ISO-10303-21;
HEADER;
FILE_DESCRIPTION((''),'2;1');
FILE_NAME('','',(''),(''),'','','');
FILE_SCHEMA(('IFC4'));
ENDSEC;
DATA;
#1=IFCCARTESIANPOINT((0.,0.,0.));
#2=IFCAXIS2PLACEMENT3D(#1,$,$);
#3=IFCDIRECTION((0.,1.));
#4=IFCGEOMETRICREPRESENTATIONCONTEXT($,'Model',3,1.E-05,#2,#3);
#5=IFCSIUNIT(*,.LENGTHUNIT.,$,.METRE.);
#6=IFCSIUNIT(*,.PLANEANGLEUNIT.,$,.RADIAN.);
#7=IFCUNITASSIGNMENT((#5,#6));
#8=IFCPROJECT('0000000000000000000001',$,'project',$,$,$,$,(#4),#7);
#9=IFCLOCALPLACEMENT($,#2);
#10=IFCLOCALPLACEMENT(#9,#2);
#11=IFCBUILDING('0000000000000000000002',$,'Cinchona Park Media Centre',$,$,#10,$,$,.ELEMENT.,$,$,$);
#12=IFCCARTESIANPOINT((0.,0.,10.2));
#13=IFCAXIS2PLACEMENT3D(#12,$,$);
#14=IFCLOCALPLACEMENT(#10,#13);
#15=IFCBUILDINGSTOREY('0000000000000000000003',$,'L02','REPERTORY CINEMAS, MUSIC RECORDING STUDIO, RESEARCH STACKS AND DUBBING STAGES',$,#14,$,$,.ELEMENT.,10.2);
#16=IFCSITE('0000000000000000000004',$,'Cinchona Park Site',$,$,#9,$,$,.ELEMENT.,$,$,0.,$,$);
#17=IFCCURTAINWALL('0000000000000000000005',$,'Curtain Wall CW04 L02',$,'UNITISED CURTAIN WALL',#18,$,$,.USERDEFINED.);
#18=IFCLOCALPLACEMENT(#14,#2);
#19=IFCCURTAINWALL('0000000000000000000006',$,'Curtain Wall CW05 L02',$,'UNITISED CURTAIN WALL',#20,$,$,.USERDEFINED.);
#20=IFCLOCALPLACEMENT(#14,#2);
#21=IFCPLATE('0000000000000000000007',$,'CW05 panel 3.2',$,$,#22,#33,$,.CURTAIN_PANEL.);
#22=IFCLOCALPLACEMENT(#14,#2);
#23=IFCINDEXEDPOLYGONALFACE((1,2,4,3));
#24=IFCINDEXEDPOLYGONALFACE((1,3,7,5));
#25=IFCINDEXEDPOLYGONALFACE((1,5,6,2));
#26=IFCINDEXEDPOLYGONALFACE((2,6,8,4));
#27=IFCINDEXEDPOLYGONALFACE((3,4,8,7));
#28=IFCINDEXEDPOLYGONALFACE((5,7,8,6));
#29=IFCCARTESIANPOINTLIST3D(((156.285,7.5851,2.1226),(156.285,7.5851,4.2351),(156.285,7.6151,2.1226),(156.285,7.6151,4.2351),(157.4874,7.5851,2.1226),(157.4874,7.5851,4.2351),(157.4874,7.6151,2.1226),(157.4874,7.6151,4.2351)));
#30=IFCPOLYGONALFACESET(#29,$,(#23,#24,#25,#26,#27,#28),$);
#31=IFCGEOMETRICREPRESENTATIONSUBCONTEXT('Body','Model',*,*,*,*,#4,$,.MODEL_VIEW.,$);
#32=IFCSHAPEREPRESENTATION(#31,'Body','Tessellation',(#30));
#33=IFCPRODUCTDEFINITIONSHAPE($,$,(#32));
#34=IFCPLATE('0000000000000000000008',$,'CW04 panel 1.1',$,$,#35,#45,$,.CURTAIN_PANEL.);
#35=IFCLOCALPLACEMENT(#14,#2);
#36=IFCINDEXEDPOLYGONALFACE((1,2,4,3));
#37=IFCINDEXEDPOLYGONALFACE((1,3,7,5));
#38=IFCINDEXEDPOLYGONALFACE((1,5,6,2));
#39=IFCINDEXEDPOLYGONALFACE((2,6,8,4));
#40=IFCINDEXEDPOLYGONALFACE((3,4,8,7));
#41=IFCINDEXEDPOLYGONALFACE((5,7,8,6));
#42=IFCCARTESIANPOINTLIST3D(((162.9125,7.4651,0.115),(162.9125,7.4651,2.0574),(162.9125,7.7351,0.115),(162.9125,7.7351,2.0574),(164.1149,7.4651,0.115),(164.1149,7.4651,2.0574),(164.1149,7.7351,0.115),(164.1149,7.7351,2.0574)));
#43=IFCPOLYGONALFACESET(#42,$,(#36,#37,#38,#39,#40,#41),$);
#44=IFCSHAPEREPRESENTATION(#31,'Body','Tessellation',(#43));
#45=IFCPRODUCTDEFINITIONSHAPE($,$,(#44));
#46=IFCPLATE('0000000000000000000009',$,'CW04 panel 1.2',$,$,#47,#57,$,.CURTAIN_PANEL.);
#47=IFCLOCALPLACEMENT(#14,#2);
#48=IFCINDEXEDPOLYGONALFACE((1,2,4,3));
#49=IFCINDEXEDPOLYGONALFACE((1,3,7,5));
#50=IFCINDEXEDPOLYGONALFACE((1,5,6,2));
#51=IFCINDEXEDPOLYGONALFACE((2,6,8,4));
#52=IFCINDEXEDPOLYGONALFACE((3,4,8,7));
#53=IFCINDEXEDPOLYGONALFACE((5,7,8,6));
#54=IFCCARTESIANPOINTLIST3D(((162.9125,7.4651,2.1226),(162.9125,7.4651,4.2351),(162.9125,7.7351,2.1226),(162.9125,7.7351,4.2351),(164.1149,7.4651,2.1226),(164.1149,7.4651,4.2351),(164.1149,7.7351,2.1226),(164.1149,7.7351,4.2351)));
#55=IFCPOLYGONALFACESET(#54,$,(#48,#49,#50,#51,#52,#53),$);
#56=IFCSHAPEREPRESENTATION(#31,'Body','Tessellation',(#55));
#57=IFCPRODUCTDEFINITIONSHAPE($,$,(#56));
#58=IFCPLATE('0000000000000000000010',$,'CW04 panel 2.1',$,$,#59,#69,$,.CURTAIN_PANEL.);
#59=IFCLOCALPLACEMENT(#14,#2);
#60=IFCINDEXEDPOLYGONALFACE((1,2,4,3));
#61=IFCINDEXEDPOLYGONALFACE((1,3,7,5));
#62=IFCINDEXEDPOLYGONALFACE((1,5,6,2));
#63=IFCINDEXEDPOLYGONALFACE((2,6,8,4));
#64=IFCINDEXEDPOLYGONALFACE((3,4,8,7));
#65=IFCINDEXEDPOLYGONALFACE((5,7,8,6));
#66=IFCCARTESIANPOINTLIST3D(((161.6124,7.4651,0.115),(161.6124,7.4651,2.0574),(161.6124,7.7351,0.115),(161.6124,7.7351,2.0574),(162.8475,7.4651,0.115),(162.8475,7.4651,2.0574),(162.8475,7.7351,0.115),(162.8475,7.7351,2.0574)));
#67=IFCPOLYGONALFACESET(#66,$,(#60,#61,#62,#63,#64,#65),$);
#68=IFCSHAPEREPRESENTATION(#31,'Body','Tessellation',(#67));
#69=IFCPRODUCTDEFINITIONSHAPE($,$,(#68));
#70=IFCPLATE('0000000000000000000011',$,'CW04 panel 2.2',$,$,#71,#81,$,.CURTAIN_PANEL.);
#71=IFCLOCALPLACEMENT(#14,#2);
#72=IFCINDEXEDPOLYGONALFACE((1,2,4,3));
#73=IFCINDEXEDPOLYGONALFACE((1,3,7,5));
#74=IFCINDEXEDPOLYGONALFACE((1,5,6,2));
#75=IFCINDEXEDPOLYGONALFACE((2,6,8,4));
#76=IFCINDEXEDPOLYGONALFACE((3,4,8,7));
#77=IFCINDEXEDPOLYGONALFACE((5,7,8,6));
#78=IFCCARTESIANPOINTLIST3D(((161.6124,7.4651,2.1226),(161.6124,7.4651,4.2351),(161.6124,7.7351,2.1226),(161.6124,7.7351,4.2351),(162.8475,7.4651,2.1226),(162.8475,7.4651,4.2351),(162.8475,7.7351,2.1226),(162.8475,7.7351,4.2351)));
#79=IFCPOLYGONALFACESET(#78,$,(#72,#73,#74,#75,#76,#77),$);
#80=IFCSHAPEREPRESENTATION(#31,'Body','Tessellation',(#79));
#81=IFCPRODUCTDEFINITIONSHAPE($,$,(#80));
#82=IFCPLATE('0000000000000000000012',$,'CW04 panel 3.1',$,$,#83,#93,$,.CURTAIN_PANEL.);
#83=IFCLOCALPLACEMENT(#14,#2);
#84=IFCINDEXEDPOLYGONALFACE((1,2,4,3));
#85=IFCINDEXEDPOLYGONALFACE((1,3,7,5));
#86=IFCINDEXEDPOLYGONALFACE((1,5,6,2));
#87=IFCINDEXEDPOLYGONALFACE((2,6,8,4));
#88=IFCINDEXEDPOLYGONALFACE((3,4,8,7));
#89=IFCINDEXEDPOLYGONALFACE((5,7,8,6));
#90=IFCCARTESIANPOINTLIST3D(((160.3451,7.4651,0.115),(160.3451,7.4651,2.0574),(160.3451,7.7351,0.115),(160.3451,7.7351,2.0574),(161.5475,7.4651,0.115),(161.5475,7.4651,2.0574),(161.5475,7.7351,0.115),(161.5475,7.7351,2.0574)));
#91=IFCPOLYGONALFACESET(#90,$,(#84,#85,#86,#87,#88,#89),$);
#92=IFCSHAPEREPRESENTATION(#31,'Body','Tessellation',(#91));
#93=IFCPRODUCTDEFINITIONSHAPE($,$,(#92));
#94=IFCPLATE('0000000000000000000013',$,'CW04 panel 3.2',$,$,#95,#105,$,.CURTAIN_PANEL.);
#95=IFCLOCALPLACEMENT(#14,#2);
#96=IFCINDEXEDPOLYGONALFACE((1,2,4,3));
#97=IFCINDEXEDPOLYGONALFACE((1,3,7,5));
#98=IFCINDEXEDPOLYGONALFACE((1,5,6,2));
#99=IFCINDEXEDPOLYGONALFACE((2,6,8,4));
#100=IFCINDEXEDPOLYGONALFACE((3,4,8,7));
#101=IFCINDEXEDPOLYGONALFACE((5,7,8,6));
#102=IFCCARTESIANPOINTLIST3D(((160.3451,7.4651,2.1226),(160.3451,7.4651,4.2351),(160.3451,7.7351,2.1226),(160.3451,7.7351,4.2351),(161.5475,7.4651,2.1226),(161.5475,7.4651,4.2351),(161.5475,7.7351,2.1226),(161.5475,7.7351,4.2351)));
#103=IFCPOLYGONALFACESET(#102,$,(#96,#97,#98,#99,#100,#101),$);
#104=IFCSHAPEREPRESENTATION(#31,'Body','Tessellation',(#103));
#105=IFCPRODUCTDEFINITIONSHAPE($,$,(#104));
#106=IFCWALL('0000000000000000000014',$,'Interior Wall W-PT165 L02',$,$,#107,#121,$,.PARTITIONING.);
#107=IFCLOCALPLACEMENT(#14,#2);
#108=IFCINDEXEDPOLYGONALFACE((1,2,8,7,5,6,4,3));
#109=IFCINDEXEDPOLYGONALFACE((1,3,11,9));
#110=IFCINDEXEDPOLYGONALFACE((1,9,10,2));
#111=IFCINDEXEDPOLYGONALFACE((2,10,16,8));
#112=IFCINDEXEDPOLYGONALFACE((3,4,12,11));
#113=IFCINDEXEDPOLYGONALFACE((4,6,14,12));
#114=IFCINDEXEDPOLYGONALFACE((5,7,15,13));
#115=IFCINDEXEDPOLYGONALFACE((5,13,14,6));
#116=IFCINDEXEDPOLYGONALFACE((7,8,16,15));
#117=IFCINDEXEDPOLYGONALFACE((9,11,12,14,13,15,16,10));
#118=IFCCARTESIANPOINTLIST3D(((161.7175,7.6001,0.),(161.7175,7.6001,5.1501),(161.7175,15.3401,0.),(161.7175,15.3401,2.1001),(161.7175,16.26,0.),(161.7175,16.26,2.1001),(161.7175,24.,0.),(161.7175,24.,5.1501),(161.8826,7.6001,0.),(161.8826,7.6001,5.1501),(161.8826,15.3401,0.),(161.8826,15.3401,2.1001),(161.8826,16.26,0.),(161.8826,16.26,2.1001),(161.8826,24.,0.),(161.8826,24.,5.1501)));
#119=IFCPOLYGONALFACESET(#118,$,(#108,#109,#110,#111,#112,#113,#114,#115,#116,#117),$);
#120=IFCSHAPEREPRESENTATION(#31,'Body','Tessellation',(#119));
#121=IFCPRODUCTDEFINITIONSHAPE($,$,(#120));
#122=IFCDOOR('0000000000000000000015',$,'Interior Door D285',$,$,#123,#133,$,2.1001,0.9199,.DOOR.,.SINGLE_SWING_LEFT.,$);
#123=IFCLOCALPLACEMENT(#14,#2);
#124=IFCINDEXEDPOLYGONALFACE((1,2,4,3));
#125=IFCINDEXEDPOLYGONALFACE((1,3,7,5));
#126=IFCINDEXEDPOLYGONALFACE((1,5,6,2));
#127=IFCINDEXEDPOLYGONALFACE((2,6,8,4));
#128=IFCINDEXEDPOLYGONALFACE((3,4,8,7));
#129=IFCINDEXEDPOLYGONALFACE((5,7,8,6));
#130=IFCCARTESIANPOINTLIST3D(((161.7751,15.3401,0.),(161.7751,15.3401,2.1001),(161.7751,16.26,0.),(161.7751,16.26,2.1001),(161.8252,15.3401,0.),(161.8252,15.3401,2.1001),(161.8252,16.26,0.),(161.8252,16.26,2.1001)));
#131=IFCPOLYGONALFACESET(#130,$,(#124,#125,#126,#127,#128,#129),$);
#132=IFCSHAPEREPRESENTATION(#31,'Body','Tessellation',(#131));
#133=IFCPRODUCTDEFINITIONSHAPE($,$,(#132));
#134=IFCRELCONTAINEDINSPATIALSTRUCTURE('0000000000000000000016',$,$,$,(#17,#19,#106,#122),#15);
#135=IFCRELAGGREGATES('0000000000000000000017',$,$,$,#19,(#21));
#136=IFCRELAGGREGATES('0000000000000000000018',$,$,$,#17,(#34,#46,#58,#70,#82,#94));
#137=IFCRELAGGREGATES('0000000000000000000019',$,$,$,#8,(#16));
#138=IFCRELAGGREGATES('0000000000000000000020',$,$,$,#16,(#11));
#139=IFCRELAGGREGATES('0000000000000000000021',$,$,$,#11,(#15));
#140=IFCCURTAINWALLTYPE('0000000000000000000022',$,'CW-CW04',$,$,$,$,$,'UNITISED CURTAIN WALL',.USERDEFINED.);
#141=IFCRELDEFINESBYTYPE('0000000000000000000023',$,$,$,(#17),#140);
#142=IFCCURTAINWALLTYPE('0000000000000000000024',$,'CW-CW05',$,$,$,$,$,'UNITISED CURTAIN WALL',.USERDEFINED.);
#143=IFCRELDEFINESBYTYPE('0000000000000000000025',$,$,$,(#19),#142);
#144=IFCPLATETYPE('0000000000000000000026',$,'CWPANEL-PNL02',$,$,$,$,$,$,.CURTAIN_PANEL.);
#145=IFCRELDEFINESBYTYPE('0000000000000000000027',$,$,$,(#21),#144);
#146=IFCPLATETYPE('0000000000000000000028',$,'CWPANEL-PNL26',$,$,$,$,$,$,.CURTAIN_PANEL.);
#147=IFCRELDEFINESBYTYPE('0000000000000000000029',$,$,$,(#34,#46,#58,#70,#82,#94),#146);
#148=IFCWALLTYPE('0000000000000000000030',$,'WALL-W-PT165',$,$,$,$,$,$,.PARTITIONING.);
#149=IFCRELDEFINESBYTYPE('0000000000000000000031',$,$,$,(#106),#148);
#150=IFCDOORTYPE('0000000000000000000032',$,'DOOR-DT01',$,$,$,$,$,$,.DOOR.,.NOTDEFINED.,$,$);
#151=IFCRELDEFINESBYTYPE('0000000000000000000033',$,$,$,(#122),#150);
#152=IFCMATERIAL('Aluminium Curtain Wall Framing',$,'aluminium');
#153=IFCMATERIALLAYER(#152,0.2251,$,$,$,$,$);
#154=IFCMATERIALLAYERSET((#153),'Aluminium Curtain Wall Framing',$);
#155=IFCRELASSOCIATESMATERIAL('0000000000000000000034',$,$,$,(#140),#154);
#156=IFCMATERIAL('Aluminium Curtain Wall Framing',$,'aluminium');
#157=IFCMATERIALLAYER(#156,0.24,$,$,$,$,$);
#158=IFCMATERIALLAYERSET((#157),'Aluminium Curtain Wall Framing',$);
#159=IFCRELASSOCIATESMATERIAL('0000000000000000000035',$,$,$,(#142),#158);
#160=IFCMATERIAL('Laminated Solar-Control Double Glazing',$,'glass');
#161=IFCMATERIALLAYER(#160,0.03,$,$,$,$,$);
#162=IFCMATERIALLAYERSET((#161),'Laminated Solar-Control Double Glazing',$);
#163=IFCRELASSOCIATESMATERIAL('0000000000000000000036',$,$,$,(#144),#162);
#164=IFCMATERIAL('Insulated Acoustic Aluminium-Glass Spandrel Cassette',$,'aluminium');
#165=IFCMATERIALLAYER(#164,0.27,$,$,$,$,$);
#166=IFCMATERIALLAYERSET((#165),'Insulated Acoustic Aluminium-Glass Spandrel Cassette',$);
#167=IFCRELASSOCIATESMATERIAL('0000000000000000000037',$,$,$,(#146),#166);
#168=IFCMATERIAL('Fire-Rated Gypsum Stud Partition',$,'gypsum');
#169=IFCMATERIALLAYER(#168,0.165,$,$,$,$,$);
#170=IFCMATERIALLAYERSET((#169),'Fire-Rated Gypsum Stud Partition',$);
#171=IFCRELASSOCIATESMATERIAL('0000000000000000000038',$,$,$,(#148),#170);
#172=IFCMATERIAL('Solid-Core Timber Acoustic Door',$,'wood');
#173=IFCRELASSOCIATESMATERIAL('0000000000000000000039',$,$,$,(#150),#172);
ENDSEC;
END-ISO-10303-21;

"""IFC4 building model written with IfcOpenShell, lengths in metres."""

from ifc_helpers import new_model, si_unit, direction, frame, frame_2d, origin, origin_2d, place, context, subcontext, project, spatial, rectangle, extrude, material, layer, layer_set, type_object, element, fill, aggregate, save


model = new_model("IFC4")

# Units and contexts
model_context = context("Model", 3, precision=1e-05, world=origin(), true_north=direction((0.0, 1.0)))
body_context = subcontext(model_context, "Body", "Model", "MODEL_VIEW")
ifc_project = project(units=[si_unit("LENGTHUNIT", "METRE"), si_unit("PLANEANGLEUNIT", "RADIAN")], contexts=[model_context])

# Site, building, storey
site_placement = place(None, origin())
site = spatial("IfcSite", under=ifc_project, at=site_placement, Name="Cinchona Park Site", CompositionType="ELEMENT", RefElevation=0.0)
building_placement = place(site_placement, origin())
building = spatial("IfcBuilding", under=site, at=building_placement, Name="Cinchona Park Media Centre", CompositionType="ELEMENT")
storey_placement = place(building_placement, frame((0.0, 0.0, 10.2)))
storey = spatial("IfcBuildingStorey", under=building, at=storey_placement, Name="L02", Description="REPERTORY CINEMAS, MUSIC RECORDING STUDIO, RESEARCH STACKS AND DUBBING STAGES", CompositionType="ELEMENT", Elevation=10.2)

# Curtain walls
ifc_material_1 = material(Name="Aluminium Curtain Wall Framing", Category="aluminium")
ifc_layer_1 = layer(ifc_material_1, 0.2251)
ifc_layer_set_1 = layer_set([ifc_layer_1], Name="Aluminium Curtain Wall Framing")
curtain_wall_type_1 = type_object("IfcCurtainWallType", Name="CW-CW04", ElementType="UNITISED CURTAIN WALL", PredefinedType="USERDEFINED", material=ifc_layer_set_1)
curtain_wall_1_placement = place(storey_placement, origin())
curtain_wall_1 = element("IfcCurtainWall", 1, at=curtain_wall_1_placement, inside=storey, type_object=curtain_wall_type_1, Name="Curtain Wall CW04 L02", ObjectType="UNITISED CURTAIN WALL", PredefinedType="USERDEFINED")
ifc_material_2 = material(Name="Aluminium Curtain Wall Framing", Category="aluminium")
ifc_layer_2 = layer(ifc_material_2, 0.24)
ifc_layer_set_2 = layer_set([ifc_layer_2], Name="Aluminium Curtain Wall Framing")
curtain_wall_type_2 = type_object("IfcCurtainWallType", Name="CW-CW05", ElementType="UNITISED CURTAIN WALL", PredefinedType="USERDEFINED", material=ifc_layer_set_2)
curtain_wall_2_placement = place(storey_placement, origin())
curtain_wall_2 = element("IfcCurtainWall", 2, at=curtain_wall_2_placement, inside=storey, type_object=curtain_wall_type_2, Name="Curtain Wall CW05 L02", ObjectType="UNITISED CURTAIN WALL", PredefinedType="USERDEFINED")

# Plates
ifc_material_3 = material(Name="Laminated Solar-Control Double Glazing", Category="glass")
ifc_layer_3 = layer(ifc_material_3, 0.03)
ifc_layer_set_3 = layer_set([ifc_layer_3], Name="Laminated Solar-Control Double Glazing")
plate_type_1 = type_object("IfcPlateType", Name="CWPANEL-PNL02", PredefinedType="CURTAIN_PANEL", material=ifc_layer_set_3)
plate_1_placement = place(storey_placement, frame((156.8862, 7.6001, 2.1226), z_axis=(0.0, 0.0, 1.0), x_axis=(-1.0, 0.0, 0.0)))
plate_1 = element("IfcPlate", 3, at=plate_1_placement, type_object=plate_type_1, Name="CW05 panel 3.2", PredefinedType="CURTAIN_PANEL", context=body_context, shape_type="SweptSolid", body=[
    extrude(rectangle(XDim=1.2024, YDim=0.03, at=origin_2d()), origin(), (0.0, 0.0, 1.0), 2.1125),
])
aggregate(curtain_wall_2, [plate_1])
ifc_material_4 = material(Name="Insulated Acoustic Aluminium-Glass Spandrel Cassette", Category="aluminium")
ifc_layer_4 = layer(ifc_material_4, 0.27)
ifc_layer_set_4 = layer_set([ifc_layer_4], Name="Insulated Acoustic Aluminium-Glass Spandrel Cassette")
plate_type_2 = type_object("IfcPlateType", Name="CWPANEL-PNL26", PredefinedType="CURTAIN_PANEL", material=ifc_layer_set_4)
plate_2_placement = place(storey_placement, frame((163.5137, 7.6001, 0.115), z_axis=(0.0, 0.0, 1.0), x_axis=(-1.0, 0.0, 0.0)))
plate_2 = element("IfcPlate", 4, at=plate_2_placement, type_object=plate_type_2, Name="CW04 panel 1.1", PredefinedType="CURTAIN_PANEL", context=body_context, shape_type="SweptSolid", body=[
    extrude(rectangle(XDim=1.2024, YDim=0.27, at=origin_2d()), origin(), (0.0, 0.0, 1.0), 1.9424),
])
plate_3_placement = place(storey_placement, frame((163.5137, 7.6001, 2.1226), z_axis=(0.0, 0.0, 1.0), x_axis=(-1.0, 0.0, 0.0)))
plate_3 = element("IfcPlate", 5, at=plate_3_placement, type_object=plate_type_2, Name="CW04 panel 1.2", PredefinedType="CURTAIN_PANEL", context=body_context, shape_type="SweptSolid", body=[
    extrude(rectangle(XDim=1.2024, YDim=0.27, at=origin_2d()), origin(), (0.0, 0.0, 1.0), 2.1125),
])
plate_4_placement = place(storey_placement, frame((162.23, 7.6001, 0.115), z_axis=(0.0, 0.0, 1.0), x_axis=(-1.0, 0.0, 0.0)))
plate_4 = element("IfcPlate", 6, at=plate_4_placement, type_object=plate_type_2, Name="CW04 panel 2.1", PredefinedType="CURTAIN_PANEL", context=body_context, shape_type="SweptSolid", body=[
    extrude(rectangle(XDim=1.2351, YDim=0.27, at=origin_2d()), origin(), (0.0, 0.0, 1.0), 1.9424),
])
plate_5_placement = place(storey_placement, frame((162.23, 7.6001, 2.1226), z_axis=(0.0, 0.0, 1.0), x_axis=(-1.0, 0.0, 0.0)))
plate_5 = element("IfcPlate", 7, at=plate_5_placement, type_object=plate_type_2, Name="CW04 panel 2.2", PredefinedType="CURTAIN_PANEL", context=body_context, shape_type="SweptSolid", body=[
    extrude(rectangle(XDim=1.2351, YDim=0.27, at=origin_2d()), origin(), (0.0, 0.0, 1.0), 2.1125),
])
plate_6_placement = place(storey_placement, frame((160.9463, 7.6001, 0.115), z_axis=(0.0, 0.0, 1.0), x_axis=(-1.0, 0.0, 0.0)))
plate_6 = element("IfcPlate", 8, at=plate_6_placement, type_object=plate_type_2, Name="CW04 panel 3.1", PredefinedType="CURTAIN_PANEL", context=body_context, shape_type="SweptSolid", body=[
    extrude(rectangle(XDim=1.2024, YDim=0.27, at=origin_2d()), origin(), (0.0, 0.0, 1.0), 1.9424),
])
plate_7_placement = place(storey_placement, frame((160.9463, 7.6001, 2.1226), z_axis=(0.0, 0.0, 1.0), x_axis=(-1.0, 0.0, 0.0)))
plate_7 = element("IfcPlate", 9, at=plate_7_placement, type_object=plate_type_2, Name="CW04 panel 3.2", PredefinedType="CURTAIN_PANEL", context=body_context, shape_type="SweptSolid", body=[
    extrude(rectangle(XDim=1.2024, YDim=0.27, at=origin_2d()), origin(), (0.0, 0.0, 1.0), 2.1125),
])
aggregate(curtain_wall_1, [plate_2, plate_3, plate_4, plate_5, plate_6, plate_7])

# Wall, opening, door
ifc_material_5 = material(Name="Fire-Rated Gypsum Stud Partition", Category="gypsum")
ifc_layer_5 = layer(ifc_material_5, 0.165)
ifc_layer_set_5 = layer_set([ifc_layer_5], Name="Fire-Rated Gypsum Stud Partition")
wall_type = type_object("IfcWallType", Name="WALL-W-PT165", PredefinedType="PARTITIONING", material=ifc_layer_set_5)
wall_placement = place(storey_placement, frame((161.8, 7.6001, 0.0), z_axis=(0.0, 0.0, 1.0), x_axis=(0.0, 1.0, 0.0)))
wall = element("IfcWall", 10, at=wall_placement, inside=storey, type_object=wall_type, Name="Interior Wall W-PT165 L02", PredefinedType="PARTITIONING", context=body_context, shape_type="SweptSolid", body=[
    extrude(rectangle(XDim=16.3999, YDim=0.165, at=frame_2d((8.2, 0.0))), origin(), (0.0, 0.0, 1.0), 5.1501),
])
opening_placement = place(wall_placement, frame((7.74, 0.0, 0.0)))
opening = element("IfcOpeningElement", 11, at=opening_placement, cuts=wall, PredefinedType="OPENING", context=body_context, shape_type="SweptSolid", body=[
    extrude(rectangle(XDim=0.9199, YDim=2.1001, at=frame_2d((0.46, 1.05))), frame((0.0, 0.0925, 0.0), z_axis=(0.0, -1.0, 0.0), x_axis=(1.0, 0.0, 0.0)), (0.0, 0.0, 1.0), 0.1851),
])
ifc_material_6 = material(Name="Solid-Core Timber Acoustic Door", Category="wood")
door_type = type_object("IfcDoorType", Name="DOOR-DT01", OperationType="NOTDEFINED", PredefinedType="DOOR", material=ifc_material_6)
door_placement = place(opening_placement, origin())
door = element("IfcDoor", 12, at=door_placement, inside=storey, type_object=door_type, Name="Interior Door D285", OperationType="SINGLE_SWING_LEFT", OverallHeight=2.1001, OverallWidth=0.9199, PredefinedType="DOOR", context=body_context, shape_type="SweptSolid", body=[
    extrude(rectangle(XDim=0.9199, YDim=2.1001, at=frame_2d((0.46, 1.05))), frame((0.0, 0.0249, 0.0), z_axis=(0.0, -1.0, 0.0), x_axis=(1.0, 0.0, 0.0)), (0.0, 0.0, 1.0), 0.05),
])
fill(opening, door)

save(model, "model.ifc")
